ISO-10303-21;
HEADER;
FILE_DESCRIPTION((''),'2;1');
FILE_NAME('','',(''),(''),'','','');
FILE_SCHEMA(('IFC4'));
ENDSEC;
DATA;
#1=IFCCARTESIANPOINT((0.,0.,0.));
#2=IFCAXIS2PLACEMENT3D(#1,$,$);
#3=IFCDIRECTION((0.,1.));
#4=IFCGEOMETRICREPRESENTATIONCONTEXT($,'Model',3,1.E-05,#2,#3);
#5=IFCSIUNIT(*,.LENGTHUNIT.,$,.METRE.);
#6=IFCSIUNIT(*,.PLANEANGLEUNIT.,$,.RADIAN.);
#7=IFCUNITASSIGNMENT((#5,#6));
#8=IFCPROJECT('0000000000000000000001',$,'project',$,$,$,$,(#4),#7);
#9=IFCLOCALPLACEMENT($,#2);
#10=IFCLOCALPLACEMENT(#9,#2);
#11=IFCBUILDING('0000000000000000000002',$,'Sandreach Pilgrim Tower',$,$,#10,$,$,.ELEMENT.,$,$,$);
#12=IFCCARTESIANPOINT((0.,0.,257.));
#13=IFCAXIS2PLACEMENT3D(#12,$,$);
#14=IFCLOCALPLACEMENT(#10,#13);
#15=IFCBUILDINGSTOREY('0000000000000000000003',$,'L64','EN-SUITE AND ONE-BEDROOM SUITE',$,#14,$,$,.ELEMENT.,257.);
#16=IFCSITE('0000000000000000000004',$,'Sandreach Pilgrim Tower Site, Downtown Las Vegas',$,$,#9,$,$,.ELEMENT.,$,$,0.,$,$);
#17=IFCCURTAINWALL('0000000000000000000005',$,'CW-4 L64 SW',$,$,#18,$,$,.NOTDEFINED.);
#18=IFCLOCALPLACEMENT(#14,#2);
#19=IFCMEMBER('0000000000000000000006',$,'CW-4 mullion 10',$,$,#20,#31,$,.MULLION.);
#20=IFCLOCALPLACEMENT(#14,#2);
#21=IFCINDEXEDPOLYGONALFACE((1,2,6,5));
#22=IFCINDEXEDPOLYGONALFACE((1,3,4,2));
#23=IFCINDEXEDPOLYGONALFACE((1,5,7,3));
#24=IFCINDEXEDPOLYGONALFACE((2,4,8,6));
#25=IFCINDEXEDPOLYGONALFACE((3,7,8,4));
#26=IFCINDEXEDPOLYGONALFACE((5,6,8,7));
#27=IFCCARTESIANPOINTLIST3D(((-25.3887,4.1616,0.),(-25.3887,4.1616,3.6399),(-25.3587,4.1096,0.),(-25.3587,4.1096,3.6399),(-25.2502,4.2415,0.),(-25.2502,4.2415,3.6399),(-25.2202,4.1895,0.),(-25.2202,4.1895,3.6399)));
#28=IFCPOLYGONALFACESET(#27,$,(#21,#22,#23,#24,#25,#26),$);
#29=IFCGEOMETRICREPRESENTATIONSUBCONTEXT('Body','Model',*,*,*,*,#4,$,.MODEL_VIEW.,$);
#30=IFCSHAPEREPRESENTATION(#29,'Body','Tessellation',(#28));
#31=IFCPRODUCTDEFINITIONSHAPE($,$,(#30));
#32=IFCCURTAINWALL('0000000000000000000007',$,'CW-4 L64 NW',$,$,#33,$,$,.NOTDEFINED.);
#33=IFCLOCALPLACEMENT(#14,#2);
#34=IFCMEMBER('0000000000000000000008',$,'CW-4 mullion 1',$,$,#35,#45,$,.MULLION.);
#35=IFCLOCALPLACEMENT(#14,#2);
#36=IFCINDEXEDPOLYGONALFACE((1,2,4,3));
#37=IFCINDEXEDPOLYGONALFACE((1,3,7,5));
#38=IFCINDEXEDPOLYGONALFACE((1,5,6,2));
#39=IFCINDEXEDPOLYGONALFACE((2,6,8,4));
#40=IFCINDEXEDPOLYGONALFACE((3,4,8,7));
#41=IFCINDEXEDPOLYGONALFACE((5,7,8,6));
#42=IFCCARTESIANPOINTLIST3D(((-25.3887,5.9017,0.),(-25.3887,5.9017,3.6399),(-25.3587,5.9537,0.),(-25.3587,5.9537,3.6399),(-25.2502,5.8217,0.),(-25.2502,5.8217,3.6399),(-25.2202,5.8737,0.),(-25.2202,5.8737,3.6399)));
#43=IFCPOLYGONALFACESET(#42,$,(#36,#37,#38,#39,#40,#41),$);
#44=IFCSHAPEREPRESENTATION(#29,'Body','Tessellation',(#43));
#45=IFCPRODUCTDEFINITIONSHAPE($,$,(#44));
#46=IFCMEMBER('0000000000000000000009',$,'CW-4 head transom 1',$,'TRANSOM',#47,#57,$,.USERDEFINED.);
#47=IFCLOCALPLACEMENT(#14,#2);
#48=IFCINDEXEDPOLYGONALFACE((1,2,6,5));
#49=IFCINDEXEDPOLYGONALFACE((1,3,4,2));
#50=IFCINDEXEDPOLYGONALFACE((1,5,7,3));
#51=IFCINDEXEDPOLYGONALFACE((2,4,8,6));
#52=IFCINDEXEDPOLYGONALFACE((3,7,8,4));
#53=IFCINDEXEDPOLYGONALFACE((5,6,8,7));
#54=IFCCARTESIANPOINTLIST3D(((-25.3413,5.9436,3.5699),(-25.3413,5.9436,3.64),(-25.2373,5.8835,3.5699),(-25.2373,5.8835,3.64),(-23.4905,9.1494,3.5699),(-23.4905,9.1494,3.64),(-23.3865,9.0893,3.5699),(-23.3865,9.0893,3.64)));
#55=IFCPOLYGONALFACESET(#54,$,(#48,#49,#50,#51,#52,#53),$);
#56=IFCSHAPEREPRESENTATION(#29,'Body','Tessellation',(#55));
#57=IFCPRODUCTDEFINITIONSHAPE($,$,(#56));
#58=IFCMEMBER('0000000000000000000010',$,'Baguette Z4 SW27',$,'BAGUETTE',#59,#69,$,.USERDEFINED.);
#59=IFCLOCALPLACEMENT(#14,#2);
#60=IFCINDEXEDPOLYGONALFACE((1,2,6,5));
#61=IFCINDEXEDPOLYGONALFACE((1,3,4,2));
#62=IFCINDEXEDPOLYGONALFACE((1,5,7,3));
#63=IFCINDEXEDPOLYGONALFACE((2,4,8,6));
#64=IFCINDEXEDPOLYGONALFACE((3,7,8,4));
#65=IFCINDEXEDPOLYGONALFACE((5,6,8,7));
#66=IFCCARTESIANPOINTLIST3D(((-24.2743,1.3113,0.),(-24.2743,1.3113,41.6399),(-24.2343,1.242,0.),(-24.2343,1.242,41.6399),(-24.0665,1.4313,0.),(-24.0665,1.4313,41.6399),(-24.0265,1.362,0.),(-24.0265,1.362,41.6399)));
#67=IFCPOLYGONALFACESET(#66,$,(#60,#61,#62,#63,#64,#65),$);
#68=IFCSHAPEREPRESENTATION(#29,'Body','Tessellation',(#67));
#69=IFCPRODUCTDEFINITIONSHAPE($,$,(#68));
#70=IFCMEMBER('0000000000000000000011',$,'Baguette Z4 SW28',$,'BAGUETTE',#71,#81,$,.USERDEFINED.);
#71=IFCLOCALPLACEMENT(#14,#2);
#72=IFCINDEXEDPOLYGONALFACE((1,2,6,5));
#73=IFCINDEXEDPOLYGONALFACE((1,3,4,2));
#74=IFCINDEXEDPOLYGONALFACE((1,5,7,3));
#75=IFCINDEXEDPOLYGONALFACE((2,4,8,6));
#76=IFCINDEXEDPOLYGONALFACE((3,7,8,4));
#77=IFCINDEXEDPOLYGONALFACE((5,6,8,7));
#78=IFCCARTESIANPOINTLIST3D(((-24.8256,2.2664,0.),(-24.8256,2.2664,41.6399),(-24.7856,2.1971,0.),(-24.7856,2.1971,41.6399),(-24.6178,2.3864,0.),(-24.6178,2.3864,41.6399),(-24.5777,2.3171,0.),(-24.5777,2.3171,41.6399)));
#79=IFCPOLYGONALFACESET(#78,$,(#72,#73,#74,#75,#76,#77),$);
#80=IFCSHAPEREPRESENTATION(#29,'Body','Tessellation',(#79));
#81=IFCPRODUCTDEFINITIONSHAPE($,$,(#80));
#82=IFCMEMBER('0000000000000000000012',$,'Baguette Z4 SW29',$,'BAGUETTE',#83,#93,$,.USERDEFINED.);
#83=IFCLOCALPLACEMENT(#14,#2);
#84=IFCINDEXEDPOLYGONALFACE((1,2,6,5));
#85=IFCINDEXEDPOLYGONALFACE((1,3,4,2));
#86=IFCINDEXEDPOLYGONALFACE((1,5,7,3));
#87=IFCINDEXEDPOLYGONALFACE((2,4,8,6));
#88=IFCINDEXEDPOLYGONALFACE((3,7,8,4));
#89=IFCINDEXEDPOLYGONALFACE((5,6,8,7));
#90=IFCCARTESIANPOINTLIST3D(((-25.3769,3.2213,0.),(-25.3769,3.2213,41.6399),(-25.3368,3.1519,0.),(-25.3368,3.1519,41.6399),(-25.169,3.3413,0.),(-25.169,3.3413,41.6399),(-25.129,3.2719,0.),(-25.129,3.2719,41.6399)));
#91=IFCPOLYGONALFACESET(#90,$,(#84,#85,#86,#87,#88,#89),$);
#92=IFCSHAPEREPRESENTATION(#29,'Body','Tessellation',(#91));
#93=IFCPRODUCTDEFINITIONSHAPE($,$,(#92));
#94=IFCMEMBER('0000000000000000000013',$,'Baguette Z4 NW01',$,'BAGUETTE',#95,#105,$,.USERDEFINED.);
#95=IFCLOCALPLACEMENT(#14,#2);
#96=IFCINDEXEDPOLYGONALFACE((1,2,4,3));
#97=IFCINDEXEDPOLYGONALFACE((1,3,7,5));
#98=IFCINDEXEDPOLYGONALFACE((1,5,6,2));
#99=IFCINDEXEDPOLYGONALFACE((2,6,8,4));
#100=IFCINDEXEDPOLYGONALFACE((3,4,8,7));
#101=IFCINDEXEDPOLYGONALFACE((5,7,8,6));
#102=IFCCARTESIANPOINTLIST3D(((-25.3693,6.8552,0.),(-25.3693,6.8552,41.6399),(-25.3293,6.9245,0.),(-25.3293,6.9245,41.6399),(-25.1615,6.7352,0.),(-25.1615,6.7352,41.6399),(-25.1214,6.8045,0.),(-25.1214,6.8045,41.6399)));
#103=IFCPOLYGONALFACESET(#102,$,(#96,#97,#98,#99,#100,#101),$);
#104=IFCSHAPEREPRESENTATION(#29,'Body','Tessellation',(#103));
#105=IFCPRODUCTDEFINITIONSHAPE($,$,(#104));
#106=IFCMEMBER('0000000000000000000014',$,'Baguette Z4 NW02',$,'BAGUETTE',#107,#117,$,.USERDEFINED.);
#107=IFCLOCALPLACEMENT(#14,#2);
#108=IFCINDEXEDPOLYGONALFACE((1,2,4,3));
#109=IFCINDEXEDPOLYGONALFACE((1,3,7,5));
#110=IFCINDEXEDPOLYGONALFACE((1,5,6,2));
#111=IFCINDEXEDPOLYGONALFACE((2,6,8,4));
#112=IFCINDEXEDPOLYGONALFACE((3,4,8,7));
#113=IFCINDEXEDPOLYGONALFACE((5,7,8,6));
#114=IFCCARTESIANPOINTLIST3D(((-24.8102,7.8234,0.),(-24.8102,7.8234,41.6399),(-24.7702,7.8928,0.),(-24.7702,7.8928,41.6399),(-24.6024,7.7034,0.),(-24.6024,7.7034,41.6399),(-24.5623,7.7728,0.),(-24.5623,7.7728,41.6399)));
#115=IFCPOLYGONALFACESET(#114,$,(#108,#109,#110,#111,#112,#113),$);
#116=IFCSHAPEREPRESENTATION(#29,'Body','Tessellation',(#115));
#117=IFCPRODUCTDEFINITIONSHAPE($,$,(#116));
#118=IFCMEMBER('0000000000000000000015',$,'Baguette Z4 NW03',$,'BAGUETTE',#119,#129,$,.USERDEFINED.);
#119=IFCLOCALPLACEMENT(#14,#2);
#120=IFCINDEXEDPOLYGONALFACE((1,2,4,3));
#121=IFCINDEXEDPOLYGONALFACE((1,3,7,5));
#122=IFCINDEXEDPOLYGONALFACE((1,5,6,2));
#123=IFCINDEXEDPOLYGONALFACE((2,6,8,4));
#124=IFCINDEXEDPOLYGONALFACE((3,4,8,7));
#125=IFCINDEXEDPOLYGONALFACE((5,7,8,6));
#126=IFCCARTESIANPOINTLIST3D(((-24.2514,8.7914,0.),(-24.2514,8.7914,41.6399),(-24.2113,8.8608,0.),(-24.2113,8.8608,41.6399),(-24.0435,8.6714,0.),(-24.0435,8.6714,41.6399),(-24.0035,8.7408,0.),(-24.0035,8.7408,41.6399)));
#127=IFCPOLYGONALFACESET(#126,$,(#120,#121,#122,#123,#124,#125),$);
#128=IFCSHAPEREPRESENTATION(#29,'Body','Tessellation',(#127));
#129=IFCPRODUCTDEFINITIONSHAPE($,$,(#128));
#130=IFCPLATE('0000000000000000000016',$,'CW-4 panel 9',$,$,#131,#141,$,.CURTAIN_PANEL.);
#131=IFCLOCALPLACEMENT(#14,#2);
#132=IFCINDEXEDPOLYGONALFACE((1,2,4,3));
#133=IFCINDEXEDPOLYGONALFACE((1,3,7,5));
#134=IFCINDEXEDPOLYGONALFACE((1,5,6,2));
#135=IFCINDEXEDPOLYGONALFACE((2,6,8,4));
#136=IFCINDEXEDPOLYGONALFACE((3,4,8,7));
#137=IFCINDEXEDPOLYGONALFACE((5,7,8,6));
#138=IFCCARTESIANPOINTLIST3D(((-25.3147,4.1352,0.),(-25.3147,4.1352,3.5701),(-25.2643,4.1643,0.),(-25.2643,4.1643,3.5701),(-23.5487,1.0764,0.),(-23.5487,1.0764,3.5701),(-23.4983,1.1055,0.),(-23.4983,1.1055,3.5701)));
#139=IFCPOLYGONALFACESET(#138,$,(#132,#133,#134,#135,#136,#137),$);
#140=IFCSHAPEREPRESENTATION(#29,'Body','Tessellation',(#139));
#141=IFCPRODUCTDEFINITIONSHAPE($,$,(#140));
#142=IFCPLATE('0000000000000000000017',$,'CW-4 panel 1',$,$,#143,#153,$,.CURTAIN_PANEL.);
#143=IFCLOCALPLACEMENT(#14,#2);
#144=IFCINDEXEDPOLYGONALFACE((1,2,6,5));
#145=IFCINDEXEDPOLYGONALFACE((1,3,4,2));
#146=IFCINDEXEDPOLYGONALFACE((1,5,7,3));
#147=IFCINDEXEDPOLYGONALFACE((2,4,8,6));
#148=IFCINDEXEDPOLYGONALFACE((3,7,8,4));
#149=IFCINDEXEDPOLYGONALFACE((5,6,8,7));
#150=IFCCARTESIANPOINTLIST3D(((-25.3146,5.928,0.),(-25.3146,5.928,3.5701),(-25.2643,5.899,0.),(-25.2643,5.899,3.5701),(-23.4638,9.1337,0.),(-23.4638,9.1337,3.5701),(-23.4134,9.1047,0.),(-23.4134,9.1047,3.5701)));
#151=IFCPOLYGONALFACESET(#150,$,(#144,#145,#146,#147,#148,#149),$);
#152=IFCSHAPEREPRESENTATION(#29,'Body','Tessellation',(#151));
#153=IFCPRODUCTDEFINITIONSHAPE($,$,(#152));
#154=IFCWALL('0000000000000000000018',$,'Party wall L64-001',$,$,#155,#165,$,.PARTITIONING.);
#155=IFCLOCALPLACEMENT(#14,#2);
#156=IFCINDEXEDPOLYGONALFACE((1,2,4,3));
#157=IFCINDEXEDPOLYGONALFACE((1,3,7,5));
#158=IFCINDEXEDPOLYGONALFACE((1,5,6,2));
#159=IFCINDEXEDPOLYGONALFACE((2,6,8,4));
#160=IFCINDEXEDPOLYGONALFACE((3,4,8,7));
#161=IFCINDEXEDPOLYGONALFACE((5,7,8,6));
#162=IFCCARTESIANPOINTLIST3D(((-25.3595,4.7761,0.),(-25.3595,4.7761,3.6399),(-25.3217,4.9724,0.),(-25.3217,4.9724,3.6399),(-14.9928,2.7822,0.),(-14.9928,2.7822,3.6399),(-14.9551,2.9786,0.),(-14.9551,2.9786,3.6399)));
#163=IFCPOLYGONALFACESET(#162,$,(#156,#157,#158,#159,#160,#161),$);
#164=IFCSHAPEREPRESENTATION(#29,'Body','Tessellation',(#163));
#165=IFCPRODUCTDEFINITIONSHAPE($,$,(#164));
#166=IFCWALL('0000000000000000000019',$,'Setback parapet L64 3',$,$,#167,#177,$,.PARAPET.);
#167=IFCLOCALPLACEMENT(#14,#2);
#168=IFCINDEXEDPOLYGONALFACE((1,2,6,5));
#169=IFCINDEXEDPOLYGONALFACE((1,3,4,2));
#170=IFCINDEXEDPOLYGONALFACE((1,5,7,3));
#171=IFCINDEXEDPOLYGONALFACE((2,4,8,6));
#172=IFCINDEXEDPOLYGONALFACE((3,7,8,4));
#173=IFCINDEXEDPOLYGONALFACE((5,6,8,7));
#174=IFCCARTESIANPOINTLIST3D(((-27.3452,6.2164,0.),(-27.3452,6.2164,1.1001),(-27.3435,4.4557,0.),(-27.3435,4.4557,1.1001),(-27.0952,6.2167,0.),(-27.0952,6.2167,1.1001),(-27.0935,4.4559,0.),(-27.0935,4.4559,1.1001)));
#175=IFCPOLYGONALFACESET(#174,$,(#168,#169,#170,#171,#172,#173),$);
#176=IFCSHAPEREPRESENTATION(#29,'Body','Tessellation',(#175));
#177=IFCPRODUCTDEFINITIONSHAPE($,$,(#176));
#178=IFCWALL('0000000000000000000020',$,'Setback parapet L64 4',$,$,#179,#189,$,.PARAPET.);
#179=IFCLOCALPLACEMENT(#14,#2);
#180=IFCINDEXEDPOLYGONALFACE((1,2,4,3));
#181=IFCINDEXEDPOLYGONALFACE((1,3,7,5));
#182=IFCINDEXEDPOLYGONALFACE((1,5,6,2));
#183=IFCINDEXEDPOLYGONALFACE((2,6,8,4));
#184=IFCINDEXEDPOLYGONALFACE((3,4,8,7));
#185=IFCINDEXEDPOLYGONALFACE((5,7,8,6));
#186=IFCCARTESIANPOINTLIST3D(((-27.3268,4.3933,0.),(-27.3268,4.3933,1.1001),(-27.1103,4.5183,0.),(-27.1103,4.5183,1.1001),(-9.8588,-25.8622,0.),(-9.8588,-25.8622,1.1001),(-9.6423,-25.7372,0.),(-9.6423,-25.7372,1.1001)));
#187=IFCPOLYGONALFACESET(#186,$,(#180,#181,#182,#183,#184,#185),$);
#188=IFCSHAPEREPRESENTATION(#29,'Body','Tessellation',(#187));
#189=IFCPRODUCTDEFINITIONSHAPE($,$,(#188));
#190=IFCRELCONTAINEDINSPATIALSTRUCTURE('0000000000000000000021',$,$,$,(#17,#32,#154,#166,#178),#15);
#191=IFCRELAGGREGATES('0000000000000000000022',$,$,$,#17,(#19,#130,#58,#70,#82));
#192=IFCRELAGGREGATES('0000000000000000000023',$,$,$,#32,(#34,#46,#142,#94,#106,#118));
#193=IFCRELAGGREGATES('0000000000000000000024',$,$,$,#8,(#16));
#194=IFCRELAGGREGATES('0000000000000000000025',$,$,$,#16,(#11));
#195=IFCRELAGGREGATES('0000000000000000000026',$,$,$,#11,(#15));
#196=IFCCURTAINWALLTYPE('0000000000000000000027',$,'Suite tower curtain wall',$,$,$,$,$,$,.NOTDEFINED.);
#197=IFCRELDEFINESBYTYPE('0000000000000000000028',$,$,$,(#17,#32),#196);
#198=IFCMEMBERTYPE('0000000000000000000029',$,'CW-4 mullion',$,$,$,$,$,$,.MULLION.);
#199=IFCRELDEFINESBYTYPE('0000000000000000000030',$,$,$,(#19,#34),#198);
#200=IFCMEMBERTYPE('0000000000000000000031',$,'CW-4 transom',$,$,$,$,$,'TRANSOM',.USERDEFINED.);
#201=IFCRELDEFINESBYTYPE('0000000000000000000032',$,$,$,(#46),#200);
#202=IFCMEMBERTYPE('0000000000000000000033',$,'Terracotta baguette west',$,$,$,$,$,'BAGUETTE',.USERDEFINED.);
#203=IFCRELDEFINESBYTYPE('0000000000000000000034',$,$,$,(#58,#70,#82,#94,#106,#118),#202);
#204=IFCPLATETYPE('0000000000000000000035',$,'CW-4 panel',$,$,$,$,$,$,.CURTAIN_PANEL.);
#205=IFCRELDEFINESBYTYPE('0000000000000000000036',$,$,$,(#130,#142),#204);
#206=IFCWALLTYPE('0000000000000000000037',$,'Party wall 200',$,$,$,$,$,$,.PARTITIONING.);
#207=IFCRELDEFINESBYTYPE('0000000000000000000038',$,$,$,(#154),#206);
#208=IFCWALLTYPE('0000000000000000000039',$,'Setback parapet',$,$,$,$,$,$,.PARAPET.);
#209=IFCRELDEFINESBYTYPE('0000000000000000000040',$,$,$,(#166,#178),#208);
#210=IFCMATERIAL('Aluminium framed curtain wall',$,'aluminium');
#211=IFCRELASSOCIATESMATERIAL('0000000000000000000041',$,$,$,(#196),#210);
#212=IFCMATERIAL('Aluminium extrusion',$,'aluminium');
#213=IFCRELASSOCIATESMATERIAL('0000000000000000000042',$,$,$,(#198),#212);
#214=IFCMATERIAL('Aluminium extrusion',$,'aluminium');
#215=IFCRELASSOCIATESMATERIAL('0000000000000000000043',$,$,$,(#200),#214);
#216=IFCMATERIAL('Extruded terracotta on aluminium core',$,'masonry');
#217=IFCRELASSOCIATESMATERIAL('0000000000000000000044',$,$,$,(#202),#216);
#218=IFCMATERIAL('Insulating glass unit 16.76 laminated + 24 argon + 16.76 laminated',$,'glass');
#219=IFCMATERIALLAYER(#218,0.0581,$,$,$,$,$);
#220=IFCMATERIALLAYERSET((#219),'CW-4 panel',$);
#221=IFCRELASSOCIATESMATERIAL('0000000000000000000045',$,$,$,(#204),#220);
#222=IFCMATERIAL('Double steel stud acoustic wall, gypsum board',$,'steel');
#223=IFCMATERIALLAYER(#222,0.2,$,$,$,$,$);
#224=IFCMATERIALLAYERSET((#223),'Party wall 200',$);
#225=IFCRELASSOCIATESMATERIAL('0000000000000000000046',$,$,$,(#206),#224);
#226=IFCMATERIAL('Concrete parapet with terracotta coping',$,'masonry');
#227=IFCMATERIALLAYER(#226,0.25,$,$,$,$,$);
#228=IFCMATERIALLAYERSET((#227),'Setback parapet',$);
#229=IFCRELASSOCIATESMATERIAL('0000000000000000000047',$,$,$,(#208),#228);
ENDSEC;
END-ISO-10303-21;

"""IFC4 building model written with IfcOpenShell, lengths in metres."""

from ifc_helpers import new_model, si_unit, direction, frame, frame_2d, origin, origin_2d, place, context, subcontext, project, spatial, rectangle, extrude, material, layer, layer_set, material_profile, profile_set, type_object, element, aggregate, save


model = new_model("IFC4")

# Units and contexts
model_context = context("Model", 3, precision=1e-05, world=origin(), true_north=direction((0.0, 1.0)))
body_context = subcontext(model_context, "Body", "Model", "MODEL_VIEW")
ifc_project = project(units=[si_unit("LENGTHUNIT", "METRE"), si_unit("PLANEANGLEUNIT", "RADIAN")], contexts=[model_context])

# Site, building, storey
site_placement = place(None, origin())
site = spatial("IfcSite", under=ifc_project, at=site_placement, Name="Sandreach Pilgrim Tower Site, Downtown Las Vegas", CompositionType="ELEMENT", RefElevation=0.0)
building_placement = place(site_placement, origin())
building = spatial("IfcBuilding", under=site, at=building_placement, Name="Sandreach Pilgrim Tower", CompositionType="ELEMENT")
storey_placement = place(building_placement, frame((0.0, 0.0, 257.0)))
storey = spatial("IfcBuildingStorey", under=building, at=storey_placement, Name="L64", Description="EN-SUITE AND ONE-BEDROOM SUITE", CompositionType="ELEMENT", Elevation=257.0)

# Curtain wall, member
ifc_material_1 = material(Name="Aluminium framed curtain wall", Category="aluminium")
curtain_wall_type = type_object("IfcCurtainWallType", Name="Suite tower curtain wall", PredefinedType="NOTDEFINED", material=ifc_material_1)
curtain_wall_1_placement = place(storey_placement, origin())
curtain_wall_1 = element("IfcCurtainWall", 1, at=curtain_wall_1_placement, inside=storey, type_object=curtain_wall_type, Name="CW-4 L64 SW", PredefinedType="NOTDEFINED")
ifc_material_2 = material(Name="Aluminium extrusion", Category="aluminium")
ifc_material_profile_1 = material_profile(ifc_material_2, rectangle(XDim=0.0601, YDim=0.1599, at=origin_2d()), Name="CW-4M 60X160")
ifc_profile_set_1 = profile_set([ifc_material_profile_1], Name="Aluminium extrusion")
member_type_1 = type_object("IfcMemberType", Name="CW-4 mullion", PredefinedType="MULLION", material=ifc_profile_set_1)
member_1_placement = place(storey_placement, frame((-25.3044, 4.1755, 0.0), z_axis=(0.0, 0.0, 1.0), x_axis=(-0.5, 0.866025, 0.0)))
member_1 = element("IfcMember", 2, at=member_1_placement, type_object=member_type_1, Name="CW-4 mullion 10", PredefinedType="MULLION", context=body_context, shape_type="SweptSolid", body=[
    extrude(rectangle(XDim=0.0601, YDim=0.1599, at=origin_2d()), origin(), (0.0, 0.0, 1.0), 3.6399),
])

# Curtain wall, members
curtain_wall_2_placement = place(storey_placement, origin())
curtain_wall_2 = element("IfcCurtainWall", 3, at=curtain_wall_2_placement, inside=storey, type_object=curtain_wall_type, Name="CW-4 L64 NW", PredefinedType="NOTDEFINED")
member_2_placement = place(storey_placement, frame((-25.3044, 5.8877, 0.0), z_axis=(0.0, 0.0, 1.0), x_axis=(0.5, 0.866025, 0.0)))
member_2 = element("IfcMember", 4, at=member_2_placement, type_object=member_type_1, Name="CW-4 mullion 1", PredefinedType="MULLION", context=body_context, shape_type="SweptSolid", body=[
    extrude(rectangle(XDim=0.0601, YDim=0.1599, at=origin_2d()), origin(), (0.0, 0.0, 1.0), 3.6399),
])
ifc_material_3 = material(Name="Aluminium extrusion", Category="aluminium")
ifc_material_profile_2 = material_profile(ifc_material_3, rectangle(XDim=0.1201, YDim=0.0701, at=origin_2d()), Name="CW-4T 120X70")
ifc_profile_set_2 = profile_set([ifc_material_profile_2], Name="Aluminium extrusion")
member_type_2 = type_object("IfcMemberType", Name="CW-4 transom", ElementType="TRANSOM", PredefinedType="USERDEFINED", material=ifc_profile_set_2)
member_3_placement = place(storey_placement, frame((-25.2893, 5.9136, 3.605), z_axis=(0.499991, 0.866031, 0.0), x_axis=(-0.866031, 0.499991, 0.0)))
member_3 = element("IfcMember", 5, at=member_3_placement, type_object=member_type_2, Name="CW-4 head transom 1", ObjectType="TRANSOM", PredefinedType="USERDEFINED", context=body_context, shape_type="SweptSolid", body=[
    extrude(rectangle(XDim=0.1201, YDim=0.0701, at=origin_2d()), origin(), (0.0, 0.0, 1.0), 3.7017),
])

# Members
ifc_material_4 = material(Name="Extruded terracotta on aluminium core", Category="masonry")
ifc_material_profile_3 = material_profile(ifc_material_4, rectangle(XDim=0.0801, YDim=0.24, at=origin_2d()), Name="TBW 80X240")
ifc_profile_set_3 = profile_set([ifc_material_profile_3], Name="Extruded terracotta on aluminium core")
member_type_3 = type_object("IfcMemberType", Name="Terracotta baguette west", ElementType="BAGUETTE", PredefinedType="USERDEFINED", material=ifc_profile_set_3)
member_4_placement = place(storey_placement, frame((-24.1504, 1.3367, 0.0), z_axis=(0.0, 0.0, 1.0), x_axis=(-0.5, 0.866025, 0.0)))
member_4 = element("IfcMember", 6, at=member_4_placement, type_object=member_type_3, Name="Baguette Z4 SW27", ObjectType="BAGUETTE", PredefinedType="USERDEFINED", context=body_context, shape_type="SweptSolid", body=[
    extrude(rectangle(XDim=0.0801, YDim=0.24, at=origin_2d()), origin(), (0.0, 0.0, 1.0), 41.6399),
])
member_5_placement = place(storey_placement, frame((-24.7017, 2.2917, 0.0), z_axis=(0.0, 0.0, 1.0), x_axis=(-0.5, 0.866025, 0.0)))
member_5 = element("IfcMember", 7, at=member_5_placement, type_object=member_type_3, Name="Baguette Z4 SW28", ObjectType="BAGUETTE", PredefinedType="USERDEFINED", context=body_context, shape_type="SweptSolid", body=[
    extrude(rectangle(XDim=0.0801, YDim=0.24, at=origin_2d()), origin(), (0.0, 0.0, 1.0), 41.6399),
])
member_6_placement = place(storey_placement, frame((-25.2529, 3.2466, 0.0), z_axis=(0.0, 0.0, 1.0), x_axis=(-0.5, 0.866025, 0.0)))
member_6 = element("IfcMember", 8, at=member_6_placement, type_object=member_type_3, Name="Baguette Z4 SW29", ObjectType="BAGUETTE", PredefinedType="USERDEFINED", context=body_context, shape_type="SweptSolid", body=[
    extrude(rectangle(XDim=0.0801, YDim=0.24, at=origin_2d()), origin(), (0.0, 0.0, 1.0), 41.6399),
])
member_7_placement = place(storey_placement, frame((-25.2454, 6.8298, 0.0), z_axis=(0.0, 0.0, 1.0), x_axis=(0.5, 0.866025, 0.0)))
member_7 = element("IfcMember", 9, at=member_7_placement, type_object=member_type_3, Name="Baguette Z4 NW01", ObjectType="BAGUETTE", PredefinedType="USERDEFINED", context=body_context, shape_type="SweptSolid", body=[
    extrude(rectangle(XDim=0.0801, YDim=0.24, at=origin_2d()), origin(), (0.0, 0.0, 1.0), 41.6399),
])
member_8_placement = place(storey_placement, frame((-24.6863, 7.7981, 0.0), z_axis=(0.0, 0.0, 1.0), x_axis=(0.5, 0.866025, 0.0)))
member_8 = element("IfcMember", 10, at=member_8_placement, type_object=member_type_3, Name="Baguette Z4 NW02", ObjectType="BAGUETTE", PredefinedType="USERDEFINED", context=body_context, shape_type="SweptSolid", body=[
    extrude(rectangle(XDim=0.0801, YDim=0.24, at=origin_2d()), origin(), (0.0, 0.0, 1.0), 41.6399),
])
member_9_placement = place(storey_placement, frame((-24.1274, 8.7661, 0.0), z_axis=(0.0, 0.0, 1.0), x_axis=(0.5, 0.866025, 0.0)))
member_9 = element("IfcMember", 11, at=member_9_placement, type_object=member_type_3, Name="Baguette Z4 NW03", ObjectType="BAGUETTE", PredefinedType="USERDEFINED", context=body_context, shape_type="SweptSolid", body=[
    extrude(rectangle(XDim=0.0801, YDim=0.24, at=origin_2d()), origin(), (0.0, 0.0, 1.0), 41.6399),
])

# Plates
ifc_material_5 = material(Name="Insulating glass unit 16.76 laminated + 24 argon + 16.76 laminated", Category="glass")
ifc_layer_1 = layer(ifc_material_5, 0.0581)
ifc_layer_set_1 = layer_set([ifc_layer_1], Name="CW-4 panel")
plate_type = type_object("IfcPlateType", Name="CW-4 panel", PredefinedType="CURTAIN_PANEL", material=ifc_layer_set_1)
plate_1_placement = place(storey_placement, frame((-24.4065, 2.6204, 0.0), z_axis=(0.0, 0.0, 1.0), x_axis=(-0.5, 0.866025, 0.0)))
plate_1 = element("IfcPlate", 12, at=plate_1_placement, type_object=plate_type, Name="CW-4 panel 9", PredefinedType="CURTAIN_PANEL", context=body_context, shape_type="SweptSolid", body=[
    extrude(rectangle(XDim=3.532, YDim=0.0581, at=origin_2d()), origin(), (0.0, 0.0, 1.0), 3.5701),
])
aggregate(curtain_wall_1, [member_1, plate_1, member_4, member_5, member_6])
plate_2_placement = place(storey_placement, frame((-24.364, 7.5164, 0.0), z_axis=(0.0, 0.0, 1.0), x_axis=(0.5, 0.866025, 0.0)))
plate_2 = element("IfcPlate", 13, at=plate_2_placement, type_object=plate_type, Name="CW-4 panel 1", PredefinedType="CURTAIN_PANEL", context=body_context, shape_type="SweptSolid", body=[
    extrude(rectangle(XDim=3.7017, YDim=0.0581, at=origin_2d()), origin(), (0.0, 0.0, 1.0), 3.5701),
])
aggregate(curtain_wall_2, [member_2, member_3, plate_2, member_7, member_8, member_9])

# Walls
ifc_material_6 = material(Name="Double steel stud acoustic wall, gypsum board", Category="steel")
ifc_layer_2 = layer(ifc_material_6, 0.2)
ifc_layer_set_2 = layer_set([ifc_layer_2], Name="Party wall 200")
wall_type_1 = type_object("IfcWallType", Name="Party wall 200", PredefinedType="PARTITIONING", material=ifc_layer_set_2)
wall_1_placement = place(storey_placement, frame((-25.3406, 4.8743, 0.0), z_axis=(0.0, 0.0, 1.0), x_axis=(0.982001, -0.188875, 0.0)))
element("IfcWall", 14, at=wall_1_placement, inside=storey, type_object=wall_type_1, Name="Party wall L64-001", PredefinedType="PARTITIONING", context=body_context, shape_type="SweptSolid", body=[
    extrude(rectangle(XDim=10.5566, YDim=0.2, at=frame_2d((5.2783, 0.0))), origin(), (0.0, 0.0, 1.0), 3.6399),
])
ifc_material_7 = material(Name="Concrete parapet with terracotta coping", Category="masonry")
ifc_layer_3 = layer(ifc_material_7, 0.25)
ifc_layer_set_3 = layer_set([ifc_layer_3], Name="Setback parapet")
wall_type_2 = type_object("IfcWallType", Name="Setback parapet", PredefinedType="PARAPET", material=ifc_layer_set_3)
wall_2_placement = place(storey_placement, frame((-27.2202, 6.2166, 0.0), z_axis=(0.0, 0.0, 1.0), x_axis=(0.000971, -1.0, 0.0)))
element("IfcWall", 15, at=wall_2_placement, inside=storey, type_object=wall_type_2, Name="Setback parapet L64 3", PredefinedType="PARAPET", context=body_context, shape_type="SweptSolid", body=[
    extrude(rectangle(XDim=1.7607, YDim=0.25, at=frame_2d((0.8804, 0.0))), origin(), (0.0, 0.0, 1.0), 1.1001),
])
wall_3_placement = place(storey_placement, frame((-27.2185, 4.4558, 0.0), z_axis=(0.0, 0.0, 1.0), x_axis=(0.499998, -0.866026, 0.0)))
element("IfcWall", 16, at=wall_3_placement, inside=storey, type_object=wall_type_2, Name="Setback parapet L64 4", PredefinedType="PARAPET", context=body_context, shape_type="SweptSolid", body=[
    extrude(rectangle(XDim=34.936, YDim=0.25, at=frame_2d((17.468, 0.0))), origin(), (0.0, 0.0, 1.0), 1.1001),
])

save(model, "model.ifc")
